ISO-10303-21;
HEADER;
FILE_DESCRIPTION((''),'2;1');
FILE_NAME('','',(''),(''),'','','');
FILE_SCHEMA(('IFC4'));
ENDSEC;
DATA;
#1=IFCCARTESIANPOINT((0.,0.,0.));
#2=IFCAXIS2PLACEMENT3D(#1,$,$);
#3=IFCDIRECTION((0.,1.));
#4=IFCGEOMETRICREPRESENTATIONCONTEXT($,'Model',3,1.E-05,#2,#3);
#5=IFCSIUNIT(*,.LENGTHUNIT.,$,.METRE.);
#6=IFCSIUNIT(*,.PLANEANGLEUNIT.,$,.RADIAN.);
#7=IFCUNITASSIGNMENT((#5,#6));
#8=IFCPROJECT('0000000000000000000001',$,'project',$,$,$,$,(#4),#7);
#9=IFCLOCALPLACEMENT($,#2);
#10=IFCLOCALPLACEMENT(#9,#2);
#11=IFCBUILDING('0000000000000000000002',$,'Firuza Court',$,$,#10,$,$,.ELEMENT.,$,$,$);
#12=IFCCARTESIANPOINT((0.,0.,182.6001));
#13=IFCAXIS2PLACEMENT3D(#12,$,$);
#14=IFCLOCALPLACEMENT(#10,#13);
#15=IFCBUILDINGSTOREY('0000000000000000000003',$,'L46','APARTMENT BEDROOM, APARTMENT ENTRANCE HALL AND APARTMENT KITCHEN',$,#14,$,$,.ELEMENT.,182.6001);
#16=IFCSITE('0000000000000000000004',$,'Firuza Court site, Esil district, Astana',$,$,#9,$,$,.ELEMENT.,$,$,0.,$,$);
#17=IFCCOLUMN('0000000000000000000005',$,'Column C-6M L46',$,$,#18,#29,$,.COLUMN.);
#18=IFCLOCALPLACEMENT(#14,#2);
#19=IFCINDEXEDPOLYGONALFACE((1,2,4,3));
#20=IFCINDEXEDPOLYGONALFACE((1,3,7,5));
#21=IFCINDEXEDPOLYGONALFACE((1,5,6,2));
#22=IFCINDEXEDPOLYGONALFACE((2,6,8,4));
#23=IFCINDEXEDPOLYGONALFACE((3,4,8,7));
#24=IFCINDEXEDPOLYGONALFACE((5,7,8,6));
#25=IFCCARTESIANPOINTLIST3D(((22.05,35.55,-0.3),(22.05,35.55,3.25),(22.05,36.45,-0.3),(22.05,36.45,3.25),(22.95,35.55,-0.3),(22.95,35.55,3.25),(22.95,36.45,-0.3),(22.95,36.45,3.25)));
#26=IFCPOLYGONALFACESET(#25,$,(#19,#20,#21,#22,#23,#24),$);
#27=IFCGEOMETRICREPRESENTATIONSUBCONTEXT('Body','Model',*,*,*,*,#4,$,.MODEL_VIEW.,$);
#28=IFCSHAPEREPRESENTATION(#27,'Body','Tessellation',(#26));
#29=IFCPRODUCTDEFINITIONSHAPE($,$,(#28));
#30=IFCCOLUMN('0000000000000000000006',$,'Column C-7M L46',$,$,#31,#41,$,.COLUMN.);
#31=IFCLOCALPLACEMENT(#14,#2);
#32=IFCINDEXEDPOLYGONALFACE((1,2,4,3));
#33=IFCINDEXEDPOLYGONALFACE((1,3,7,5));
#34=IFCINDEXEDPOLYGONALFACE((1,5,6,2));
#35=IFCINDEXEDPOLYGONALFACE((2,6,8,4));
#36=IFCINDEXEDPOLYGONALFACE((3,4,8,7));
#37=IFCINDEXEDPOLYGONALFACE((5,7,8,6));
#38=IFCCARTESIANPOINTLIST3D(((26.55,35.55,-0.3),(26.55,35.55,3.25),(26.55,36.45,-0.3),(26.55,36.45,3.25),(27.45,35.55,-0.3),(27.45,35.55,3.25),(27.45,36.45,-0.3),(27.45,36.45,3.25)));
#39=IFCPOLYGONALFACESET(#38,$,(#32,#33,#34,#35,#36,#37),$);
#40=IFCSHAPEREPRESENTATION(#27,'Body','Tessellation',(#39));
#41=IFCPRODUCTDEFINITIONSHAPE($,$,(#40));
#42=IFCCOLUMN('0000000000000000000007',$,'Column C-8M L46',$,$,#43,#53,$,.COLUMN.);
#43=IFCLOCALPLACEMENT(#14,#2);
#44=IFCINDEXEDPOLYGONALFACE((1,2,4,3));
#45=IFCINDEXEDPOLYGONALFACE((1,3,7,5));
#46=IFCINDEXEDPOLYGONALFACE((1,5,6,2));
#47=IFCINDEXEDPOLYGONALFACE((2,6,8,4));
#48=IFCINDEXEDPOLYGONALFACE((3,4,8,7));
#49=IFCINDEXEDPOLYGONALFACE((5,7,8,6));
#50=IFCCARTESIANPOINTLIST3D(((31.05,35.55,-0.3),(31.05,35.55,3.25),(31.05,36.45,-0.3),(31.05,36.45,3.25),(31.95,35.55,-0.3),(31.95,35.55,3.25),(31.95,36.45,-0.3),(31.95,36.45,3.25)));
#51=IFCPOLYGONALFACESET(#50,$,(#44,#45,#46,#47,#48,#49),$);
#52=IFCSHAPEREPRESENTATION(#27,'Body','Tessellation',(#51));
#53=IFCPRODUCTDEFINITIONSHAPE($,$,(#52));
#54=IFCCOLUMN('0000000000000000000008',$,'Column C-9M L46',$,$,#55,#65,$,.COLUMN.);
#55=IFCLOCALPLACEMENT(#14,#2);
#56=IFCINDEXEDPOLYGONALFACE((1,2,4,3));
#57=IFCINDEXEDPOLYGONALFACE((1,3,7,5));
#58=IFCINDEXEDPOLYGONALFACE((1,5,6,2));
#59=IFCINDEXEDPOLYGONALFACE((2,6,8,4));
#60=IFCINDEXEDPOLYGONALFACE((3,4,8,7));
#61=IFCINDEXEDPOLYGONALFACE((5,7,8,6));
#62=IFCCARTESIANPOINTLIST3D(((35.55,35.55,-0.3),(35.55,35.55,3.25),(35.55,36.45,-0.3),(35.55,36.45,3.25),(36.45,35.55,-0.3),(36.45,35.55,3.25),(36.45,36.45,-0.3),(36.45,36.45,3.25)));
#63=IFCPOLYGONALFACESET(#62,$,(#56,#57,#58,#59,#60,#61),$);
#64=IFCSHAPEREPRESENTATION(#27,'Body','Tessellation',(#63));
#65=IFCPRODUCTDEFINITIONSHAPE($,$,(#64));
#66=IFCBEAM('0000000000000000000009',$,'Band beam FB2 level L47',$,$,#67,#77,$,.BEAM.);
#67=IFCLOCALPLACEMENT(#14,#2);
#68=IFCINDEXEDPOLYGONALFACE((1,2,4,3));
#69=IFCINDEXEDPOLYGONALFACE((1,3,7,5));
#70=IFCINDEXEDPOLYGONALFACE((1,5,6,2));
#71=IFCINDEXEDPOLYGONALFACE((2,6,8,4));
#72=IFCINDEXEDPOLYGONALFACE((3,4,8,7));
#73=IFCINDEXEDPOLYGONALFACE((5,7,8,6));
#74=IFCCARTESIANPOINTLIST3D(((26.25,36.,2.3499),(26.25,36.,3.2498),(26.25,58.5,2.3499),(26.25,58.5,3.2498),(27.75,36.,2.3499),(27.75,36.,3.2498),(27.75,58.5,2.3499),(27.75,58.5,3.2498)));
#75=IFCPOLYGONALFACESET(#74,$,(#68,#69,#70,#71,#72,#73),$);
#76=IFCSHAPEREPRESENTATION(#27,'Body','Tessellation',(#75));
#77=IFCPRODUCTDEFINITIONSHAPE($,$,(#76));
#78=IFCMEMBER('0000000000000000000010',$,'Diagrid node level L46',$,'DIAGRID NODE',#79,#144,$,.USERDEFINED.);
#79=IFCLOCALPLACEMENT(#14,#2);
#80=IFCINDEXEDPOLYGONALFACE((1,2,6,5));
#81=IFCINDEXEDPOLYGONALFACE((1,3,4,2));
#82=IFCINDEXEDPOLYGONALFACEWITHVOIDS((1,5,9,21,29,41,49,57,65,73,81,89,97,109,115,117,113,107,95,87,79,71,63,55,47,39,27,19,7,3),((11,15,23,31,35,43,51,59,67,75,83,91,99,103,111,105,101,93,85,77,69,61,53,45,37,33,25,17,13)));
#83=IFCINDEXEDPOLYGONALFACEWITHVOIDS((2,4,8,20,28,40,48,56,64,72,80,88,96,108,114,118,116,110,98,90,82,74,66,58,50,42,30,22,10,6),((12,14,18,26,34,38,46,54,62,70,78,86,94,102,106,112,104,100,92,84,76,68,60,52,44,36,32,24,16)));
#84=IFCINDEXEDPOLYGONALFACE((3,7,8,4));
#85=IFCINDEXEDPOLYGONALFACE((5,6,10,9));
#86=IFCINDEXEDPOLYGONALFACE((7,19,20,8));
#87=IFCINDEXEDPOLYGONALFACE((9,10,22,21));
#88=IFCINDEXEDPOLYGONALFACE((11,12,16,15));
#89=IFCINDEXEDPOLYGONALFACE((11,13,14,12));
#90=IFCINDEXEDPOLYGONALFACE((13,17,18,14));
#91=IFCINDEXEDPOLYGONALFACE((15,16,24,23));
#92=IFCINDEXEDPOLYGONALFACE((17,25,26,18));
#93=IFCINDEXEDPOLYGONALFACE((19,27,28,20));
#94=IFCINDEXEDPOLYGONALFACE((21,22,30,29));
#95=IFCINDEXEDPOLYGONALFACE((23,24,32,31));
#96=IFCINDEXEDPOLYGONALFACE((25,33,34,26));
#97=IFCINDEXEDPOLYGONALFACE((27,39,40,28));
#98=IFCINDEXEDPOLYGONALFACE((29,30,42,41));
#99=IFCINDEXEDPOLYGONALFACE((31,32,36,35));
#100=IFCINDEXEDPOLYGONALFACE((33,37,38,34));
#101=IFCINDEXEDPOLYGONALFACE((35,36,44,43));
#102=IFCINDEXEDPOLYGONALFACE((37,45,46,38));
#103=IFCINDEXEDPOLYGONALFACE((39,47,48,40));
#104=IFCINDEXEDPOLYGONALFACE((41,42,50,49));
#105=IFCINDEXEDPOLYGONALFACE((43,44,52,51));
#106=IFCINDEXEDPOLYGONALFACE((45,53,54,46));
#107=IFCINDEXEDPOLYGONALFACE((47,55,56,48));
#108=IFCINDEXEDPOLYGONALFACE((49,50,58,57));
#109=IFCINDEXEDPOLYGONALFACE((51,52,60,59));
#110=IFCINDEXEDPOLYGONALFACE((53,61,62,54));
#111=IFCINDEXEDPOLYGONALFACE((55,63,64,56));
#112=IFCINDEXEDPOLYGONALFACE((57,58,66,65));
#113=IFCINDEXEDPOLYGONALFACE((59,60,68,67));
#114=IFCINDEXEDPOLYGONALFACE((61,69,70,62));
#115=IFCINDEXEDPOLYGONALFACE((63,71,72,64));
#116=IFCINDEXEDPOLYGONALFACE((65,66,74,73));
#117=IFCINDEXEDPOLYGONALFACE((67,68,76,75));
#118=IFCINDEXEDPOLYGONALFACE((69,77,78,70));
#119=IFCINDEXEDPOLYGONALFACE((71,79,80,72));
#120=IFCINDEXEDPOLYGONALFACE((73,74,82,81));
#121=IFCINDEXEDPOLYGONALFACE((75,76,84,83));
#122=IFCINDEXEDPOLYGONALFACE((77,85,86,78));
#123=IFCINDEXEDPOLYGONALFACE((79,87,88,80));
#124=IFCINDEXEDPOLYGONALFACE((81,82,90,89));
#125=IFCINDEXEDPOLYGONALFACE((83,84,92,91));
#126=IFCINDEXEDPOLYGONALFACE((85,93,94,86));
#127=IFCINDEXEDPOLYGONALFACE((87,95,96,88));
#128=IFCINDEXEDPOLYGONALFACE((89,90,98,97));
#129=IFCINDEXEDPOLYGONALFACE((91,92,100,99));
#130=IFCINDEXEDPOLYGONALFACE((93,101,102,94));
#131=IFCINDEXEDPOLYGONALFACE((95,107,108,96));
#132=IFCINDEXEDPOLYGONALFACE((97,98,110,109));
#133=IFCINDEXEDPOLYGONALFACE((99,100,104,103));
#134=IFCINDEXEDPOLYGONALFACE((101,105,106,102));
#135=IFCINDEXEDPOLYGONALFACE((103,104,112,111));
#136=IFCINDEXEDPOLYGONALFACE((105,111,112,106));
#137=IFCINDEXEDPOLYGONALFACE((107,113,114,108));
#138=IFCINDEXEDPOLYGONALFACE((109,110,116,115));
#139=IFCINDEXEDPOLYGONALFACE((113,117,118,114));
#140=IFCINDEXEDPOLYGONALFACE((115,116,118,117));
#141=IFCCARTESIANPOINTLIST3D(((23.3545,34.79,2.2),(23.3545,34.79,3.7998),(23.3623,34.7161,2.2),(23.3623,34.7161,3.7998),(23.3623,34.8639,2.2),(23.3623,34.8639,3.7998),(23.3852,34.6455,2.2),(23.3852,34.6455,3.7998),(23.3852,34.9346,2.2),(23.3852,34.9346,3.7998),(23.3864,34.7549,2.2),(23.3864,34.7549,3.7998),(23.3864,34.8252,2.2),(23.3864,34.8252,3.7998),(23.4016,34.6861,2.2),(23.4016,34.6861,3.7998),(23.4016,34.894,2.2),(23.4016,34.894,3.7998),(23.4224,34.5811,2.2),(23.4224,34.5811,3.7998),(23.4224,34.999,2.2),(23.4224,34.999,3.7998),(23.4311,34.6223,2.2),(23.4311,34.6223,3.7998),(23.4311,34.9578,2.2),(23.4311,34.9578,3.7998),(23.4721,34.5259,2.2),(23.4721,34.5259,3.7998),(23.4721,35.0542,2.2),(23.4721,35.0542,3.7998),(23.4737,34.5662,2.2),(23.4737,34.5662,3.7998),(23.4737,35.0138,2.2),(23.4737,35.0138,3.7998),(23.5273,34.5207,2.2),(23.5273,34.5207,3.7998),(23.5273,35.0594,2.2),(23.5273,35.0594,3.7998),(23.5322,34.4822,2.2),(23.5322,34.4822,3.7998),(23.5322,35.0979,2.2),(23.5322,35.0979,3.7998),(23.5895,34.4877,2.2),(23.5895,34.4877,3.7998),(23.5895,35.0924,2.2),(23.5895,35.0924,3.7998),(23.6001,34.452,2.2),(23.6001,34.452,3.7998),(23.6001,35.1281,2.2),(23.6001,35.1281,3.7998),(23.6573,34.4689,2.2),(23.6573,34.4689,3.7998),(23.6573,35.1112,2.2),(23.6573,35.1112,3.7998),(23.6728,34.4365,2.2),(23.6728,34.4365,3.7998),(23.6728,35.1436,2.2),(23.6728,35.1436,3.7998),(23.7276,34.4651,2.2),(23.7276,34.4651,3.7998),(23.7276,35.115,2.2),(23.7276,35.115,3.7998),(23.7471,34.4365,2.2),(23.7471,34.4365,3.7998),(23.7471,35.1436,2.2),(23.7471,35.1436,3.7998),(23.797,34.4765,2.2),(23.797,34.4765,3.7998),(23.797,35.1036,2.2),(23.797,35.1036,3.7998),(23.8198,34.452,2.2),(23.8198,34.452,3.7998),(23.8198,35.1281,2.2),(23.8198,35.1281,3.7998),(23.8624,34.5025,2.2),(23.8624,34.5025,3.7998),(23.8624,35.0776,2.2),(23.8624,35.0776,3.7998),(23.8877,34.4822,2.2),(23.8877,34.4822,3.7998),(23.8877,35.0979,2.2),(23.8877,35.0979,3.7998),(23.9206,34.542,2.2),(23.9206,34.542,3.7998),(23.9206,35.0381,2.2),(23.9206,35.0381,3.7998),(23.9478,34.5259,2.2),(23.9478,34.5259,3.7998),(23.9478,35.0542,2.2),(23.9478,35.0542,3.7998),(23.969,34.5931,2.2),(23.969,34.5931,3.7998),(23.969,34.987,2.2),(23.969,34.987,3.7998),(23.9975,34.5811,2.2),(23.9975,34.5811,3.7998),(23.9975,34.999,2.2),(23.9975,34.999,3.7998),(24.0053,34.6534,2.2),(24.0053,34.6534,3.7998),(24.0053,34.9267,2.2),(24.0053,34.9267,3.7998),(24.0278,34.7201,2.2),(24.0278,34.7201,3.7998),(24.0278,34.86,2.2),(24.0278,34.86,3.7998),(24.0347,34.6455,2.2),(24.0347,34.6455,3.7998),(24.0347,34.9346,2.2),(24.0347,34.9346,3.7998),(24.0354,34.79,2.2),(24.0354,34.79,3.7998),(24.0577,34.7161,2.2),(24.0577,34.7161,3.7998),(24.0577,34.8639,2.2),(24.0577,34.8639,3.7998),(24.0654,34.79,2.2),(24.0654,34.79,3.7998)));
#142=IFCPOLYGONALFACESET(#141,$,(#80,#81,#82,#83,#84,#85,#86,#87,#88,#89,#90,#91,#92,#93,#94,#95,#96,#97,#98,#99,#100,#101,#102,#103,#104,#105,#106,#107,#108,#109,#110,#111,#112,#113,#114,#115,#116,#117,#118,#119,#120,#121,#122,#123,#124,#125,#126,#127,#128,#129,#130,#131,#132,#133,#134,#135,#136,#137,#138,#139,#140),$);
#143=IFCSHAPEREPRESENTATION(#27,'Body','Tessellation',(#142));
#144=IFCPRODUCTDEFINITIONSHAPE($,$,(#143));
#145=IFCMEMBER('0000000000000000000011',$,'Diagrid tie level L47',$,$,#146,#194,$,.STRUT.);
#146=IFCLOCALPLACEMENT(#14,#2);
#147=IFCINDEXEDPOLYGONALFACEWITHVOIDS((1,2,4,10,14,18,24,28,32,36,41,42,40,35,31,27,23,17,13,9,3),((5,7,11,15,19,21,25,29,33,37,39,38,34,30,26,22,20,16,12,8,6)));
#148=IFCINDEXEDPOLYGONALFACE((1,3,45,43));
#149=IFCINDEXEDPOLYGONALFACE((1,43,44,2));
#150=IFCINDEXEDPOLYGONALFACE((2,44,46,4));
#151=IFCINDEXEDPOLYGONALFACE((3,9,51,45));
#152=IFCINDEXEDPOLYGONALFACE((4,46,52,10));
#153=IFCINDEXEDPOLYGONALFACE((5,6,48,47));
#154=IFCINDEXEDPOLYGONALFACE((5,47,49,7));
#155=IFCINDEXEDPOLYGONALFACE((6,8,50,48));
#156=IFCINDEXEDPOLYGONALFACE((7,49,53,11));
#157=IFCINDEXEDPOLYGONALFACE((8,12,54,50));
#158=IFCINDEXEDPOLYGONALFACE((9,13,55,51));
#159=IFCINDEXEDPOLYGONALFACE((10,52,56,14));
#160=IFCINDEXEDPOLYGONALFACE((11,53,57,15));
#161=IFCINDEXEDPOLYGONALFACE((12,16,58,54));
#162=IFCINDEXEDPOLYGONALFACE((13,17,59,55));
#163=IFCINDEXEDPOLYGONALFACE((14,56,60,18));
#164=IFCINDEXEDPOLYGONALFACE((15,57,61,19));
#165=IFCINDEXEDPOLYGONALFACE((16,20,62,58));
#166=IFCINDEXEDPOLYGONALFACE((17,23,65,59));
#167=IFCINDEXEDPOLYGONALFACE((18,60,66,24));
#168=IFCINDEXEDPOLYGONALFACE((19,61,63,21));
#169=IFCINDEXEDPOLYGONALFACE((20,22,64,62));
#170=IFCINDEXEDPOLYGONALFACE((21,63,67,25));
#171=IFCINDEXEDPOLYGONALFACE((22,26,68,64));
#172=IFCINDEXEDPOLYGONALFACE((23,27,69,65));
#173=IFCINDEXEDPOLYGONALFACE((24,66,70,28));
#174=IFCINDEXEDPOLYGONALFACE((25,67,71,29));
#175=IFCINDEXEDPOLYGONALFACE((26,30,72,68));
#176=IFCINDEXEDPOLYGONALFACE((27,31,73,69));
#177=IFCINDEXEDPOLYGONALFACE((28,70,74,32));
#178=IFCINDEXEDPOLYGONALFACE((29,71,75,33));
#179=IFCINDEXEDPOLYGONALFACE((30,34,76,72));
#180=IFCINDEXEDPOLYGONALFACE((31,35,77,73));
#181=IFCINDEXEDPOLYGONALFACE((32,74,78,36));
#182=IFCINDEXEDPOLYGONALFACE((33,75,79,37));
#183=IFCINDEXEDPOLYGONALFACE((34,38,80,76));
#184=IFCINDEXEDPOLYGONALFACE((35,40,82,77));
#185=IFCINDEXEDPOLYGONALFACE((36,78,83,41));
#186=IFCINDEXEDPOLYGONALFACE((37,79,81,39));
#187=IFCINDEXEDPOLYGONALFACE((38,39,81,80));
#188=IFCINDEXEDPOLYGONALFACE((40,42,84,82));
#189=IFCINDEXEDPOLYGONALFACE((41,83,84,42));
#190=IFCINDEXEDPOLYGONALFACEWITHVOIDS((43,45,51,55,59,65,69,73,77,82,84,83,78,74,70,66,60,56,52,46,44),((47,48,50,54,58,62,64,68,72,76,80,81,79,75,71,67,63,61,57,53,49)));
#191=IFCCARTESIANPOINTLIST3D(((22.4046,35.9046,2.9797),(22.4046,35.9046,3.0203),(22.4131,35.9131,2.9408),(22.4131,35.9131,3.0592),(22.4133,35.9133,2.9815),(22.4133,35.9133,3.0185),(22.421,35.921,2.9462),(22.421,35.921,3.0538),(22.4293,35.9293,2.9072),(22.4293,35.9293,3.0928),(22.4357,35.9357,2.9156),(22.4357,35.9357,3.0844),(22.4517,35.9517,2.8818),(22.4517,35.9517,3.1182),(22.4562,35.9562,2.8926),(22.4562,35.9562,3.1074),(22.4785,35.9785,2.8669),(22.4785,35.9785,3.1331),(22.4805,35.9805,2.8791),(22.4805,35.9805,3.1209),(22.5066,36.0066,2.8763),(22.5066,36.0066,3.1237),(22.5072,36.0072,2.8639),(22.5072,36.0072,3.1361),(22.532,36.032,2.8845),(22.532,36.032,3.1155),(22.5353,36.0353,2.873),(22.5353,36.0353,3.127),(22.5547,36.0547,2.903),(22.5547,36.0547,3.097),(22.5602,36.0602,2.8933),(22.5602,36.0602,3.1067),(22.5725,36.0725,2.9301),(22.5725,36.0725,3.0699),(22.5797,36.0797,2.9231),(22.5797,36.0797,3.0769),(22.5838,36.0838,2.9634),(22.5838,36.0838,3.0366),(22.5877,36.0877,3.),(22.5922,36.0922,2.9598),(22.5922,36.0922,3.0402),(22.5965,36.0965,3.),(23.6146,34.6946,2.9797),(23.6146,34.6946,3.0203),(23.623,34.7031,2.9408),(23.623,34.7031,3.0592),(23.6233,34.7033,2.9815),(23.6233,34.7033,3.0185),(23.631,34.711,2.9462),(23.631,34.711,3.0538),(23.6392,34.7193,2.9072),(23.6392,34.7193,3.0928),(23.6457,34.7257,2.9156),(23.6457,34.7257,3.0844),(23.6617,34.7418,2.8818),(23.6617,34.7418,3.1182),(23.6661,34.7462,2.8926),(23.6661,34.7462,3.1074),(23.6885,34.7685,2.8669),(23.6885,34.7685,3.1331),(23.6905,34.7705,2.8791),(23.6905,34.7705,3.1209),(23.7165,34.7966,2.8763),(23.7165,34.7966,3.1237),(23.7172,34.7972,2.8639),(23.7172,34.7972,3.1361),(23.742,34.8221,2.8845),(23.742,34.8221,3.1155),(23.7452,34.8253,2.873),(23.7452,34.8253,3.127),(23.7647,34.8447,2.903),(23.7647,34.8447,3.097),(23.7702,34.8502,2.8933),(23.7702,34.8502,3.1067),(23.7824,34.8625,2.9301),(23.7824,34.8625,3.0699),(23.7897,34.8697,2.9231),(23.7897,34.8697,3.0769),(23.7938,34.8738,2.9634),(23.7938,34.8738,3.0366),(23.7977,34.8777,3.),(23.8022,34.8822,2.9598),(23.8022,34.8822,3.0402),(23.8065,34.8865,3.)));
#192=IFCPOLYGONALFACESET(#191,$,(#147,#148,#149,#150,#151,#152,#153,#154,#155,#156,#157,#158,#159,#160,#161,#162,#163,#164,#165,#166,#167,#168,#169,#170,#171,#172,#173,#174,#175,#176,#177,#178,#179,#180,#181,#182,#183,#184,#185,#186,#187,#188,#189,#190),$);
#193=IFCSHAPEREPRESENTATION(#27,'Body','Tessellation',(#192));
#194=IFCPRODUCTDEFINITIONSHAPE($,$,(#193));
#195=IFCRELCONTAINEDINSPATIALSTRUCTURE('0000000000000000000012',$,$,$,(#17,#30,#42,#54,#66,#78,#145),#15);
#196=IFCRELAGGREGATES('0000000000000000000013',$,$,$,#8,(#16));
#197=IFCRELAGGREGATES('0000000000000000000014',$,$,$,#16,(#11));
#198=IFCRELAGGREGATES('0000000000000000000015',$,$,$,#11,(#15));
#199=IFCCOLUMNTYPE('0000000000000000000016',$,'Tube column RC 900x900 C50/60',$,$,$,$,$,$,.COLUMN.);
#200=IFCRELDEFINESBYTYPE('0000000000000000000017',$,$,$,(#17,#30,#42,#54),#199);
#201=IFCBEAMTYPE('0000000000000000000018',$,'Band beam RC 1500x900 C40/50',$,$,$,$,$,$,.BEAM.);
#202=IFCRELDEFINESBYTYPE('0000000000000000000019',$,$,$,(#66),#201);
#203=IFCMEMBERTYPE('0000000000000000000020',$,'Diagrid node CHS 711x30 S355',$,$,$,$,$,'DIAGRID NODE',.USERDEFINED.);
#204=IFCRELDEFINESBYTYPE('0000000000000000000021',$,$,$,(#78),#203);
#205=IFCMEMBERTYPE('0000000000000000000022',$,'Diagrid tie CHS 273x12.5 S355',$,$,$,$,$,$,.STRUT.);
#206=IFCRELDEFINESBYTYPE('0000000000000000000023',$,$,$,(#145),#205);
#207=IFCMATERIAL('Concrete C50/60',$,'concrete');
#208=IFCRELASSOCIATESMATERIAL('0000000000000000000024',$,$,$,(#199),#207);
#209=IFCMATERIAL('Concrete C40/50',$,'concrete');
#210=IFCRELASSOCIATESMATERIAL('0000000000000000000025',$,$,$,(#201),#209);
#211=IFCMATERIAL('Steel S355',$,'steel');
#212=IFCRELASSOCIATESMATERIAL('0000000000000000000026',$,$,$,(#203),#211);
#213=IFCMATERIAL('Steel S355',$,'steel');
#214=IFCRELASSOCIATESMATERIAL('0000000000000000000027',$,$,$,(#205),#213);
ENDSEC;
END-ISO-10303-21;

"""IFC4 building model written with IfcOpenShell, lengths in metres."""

from ifc_helpers import new_model, si_unit, direction, frame, origin, origin_2d, place, context, subcontext, project, spatial, rectangle, hollow_circle, extrude, material, material_profile, profile_set, type_object, element, save


model = new_model("IFC4")

# Units and contexts
model_context = context("Model", 3, precision=1e-05, world=origin(), true_north=direction((0.0, 1.0)))
body_context = subcontext(model_context, "Body", "Model", "MODEL_VIEW")
ifc_project = project(units=[si_unit("LENGTHUNIT", "METRE"), si_unit("PLANEANGLEUNIT", "RADIAN")], contexts=[model_context])

# Site, building, storey
site_placement = place(None, origin())
site = spatial("IfcSite", under=ifc_project, at=site_placement, Name="Firuza Court site, Esil district, Astana", CompositionType="ELEMENT", RefElevation=0.0)
building_placement = place(site_placement, origin())
building = spatial("IfcBuilding", under=site, at=building_placement, Name="Firuza Court", CompositionType="ELEMENT")
storey_placement = place(building_placement, frame((0.0, 0.0, 182.6001)))
storey = spatial("IfcBuildingStorey", under=building, at=storey_placement, Name="L46", Description="APARTMENT BEDROOM, APARTMENT ENTRANCE HALL AND APARTMENT KITCHEN", CompositionType="ELEMENT", Elevation=182.6001)

# Columns
ifc_material_1 = material(Name="Concrete C50/60", Category="concrete")
ifc_material_profile_1 = material_profile(ifc_material_1, rectangle(XDim=0.8999, YDim=0.8999, at=origin_2d()), Name="RC 900x900")
ifc_profile_set_1 = profile_set([ifc_material_profile_1], Name="Concrete C50/60")
column_type = type_object("IfcColumnType", Name="Tube column RC 900x900 C50/60", PredefinedType="COLUMN", material=ifc_profile_set_1)
for number, where, z_axis, x_axis, name in (
    (1, (22.5, 36.0, -0.3), (0.0, 0.0, 1.0), (1.0, 0.0, 0.0), "Column C-6M L46"),
    (2, (27.0, 36.0, -0.3), (0.0, 0.0, 1.0), (1.0, 0.0, 0.0), "Column C-7M L46"),
    (3, (31.5, 36.0, -0.3), (0.0, 0.0, 1.0), (1.0, 0.0, 0.0), "Column C-8M L46"),
    (4, (36.0, 36.0, -0.3), (0.0, 0.0, 1.0), (1.0, 0.0, 0.0), "Column C-9M L46"),
):
    element("IfcColumn", number, at=place(storey_placement, frame(where, z_axis=z_axis, x_axis=x_axis)), inside=storey, type_object=column_type, Name=name, PredefinedType="COLUMN", context=body_context, shape_type="SweptSolid", body=[
        extrude(rectangle(XDim=0.8999, YDim=0.8999, at=origin_2d()), origin(), (0.0, 0.0, 1.0), 3.55),
    ])

# Beam
ifc_material_2 = material(Name="Concrete C40/50", Category="concrete")
ifc_material_profile_2 = material_profile(ifc_material_2, rectangle(XDim=1.5, YDim=0.8999, at=origin_2d()), Name="RC 1500x900")
ifc_profile_set_2 = profile_set([ifc_material_profile_2], Name="Concrete C40/50")
beam_type_1 = type_object("IfcBeamType", Name="Band beam RC 1500x900 C40/50", PredefinedType="BEAM", material=ifc_profile_set_2)
beam_placement = place(storey_placement, frame((27.0, 36.0, 2.7998), z_axis=(0.0, 1.0, 0.0), x_axis=(-1.0, 0.0, 0.0)))
element("IfcBeam", 5, at=beam_placement, inside=storey, type_object=beam_type_1, Name="Band beam FB2 level L47", PredefinedType="BEAM", context=body_context, shape_type="SweptSolid", body=[
    extrude(rectangle(XDim=1.5, YDim=0.8999, at=origin_2d()), origin(), (0.0, 0.0, 1.0), 22.5),
])

# Members
ifc_material_3 = material(Name="Steel S355", Category="steel")
ifc_material_profile_3 = material_profile(ifc_material_3, hollow_circle(Radius=0.3555, WallThickness=0.03, at=origin_2d()), Name="CHS 711x30")
ifc_profile_set_3 = profile_set([ifc_material_profile_3], Name="Steel S355")
member_type_1 = type_object("IfcMemberType", Name="Diagrid node CHS 711x30 S355", ElementType="DIAGRID NODE", PredefinedType="USERDEFINED", material=ifc_profile_set_3)
member_1_placement = place(storey_placement, frame((23.71, 34.79, 2.2), z_axis=(0.0, 0.0, 1.0), x_axis=(1.0, 0.0, 0.0)))
element("IfcMember", 6, at=member_1_placement, inside=storey, type_object=member_type_1, Name="Diagrid node level L46", ObjectType="DIAGRID NODE", PredefinedType="USERDEFINED", context=body_context, shape_type="SweptSolid", body=[
    extrude(hollow_circle(Radius=0.3555, WallThickness=0.03, at=origin_2d()), origin(), (0.0, 0.0, 1.0), 1.5999),
])
ifc_material_4 = material(Name="Steel S355", Category="steel")
ifc_material_profile_4 = material_profile(ifc_material_4, hollow_circle(Radius=0.1365, WallThickness=0.0125, at=origin_2d()), Name="CHS 273x12.5")
ifc_profile_set_4 = profile_set([ifc_material_profile_4], Name="Steel S355")
member_type_2 = type_object("IfcMemberType", Name="Diagrid tie CHS 273x12.5 S355", PredefinedType="STRUT", material=ifc_profile_set_4)
member_2_placement = place(storey_placement, frame((22.5, 36.0, 3.0), z_axis=(0.707107, -0.707107, 0.0), x_axis=(0.707107, 0.707107, 0.0)))
element("IfcMember", 7, at=member_2_placement, inside=storey, type_object=member_type_2, Name="Diagrid tie level L47", PredefinedType="STRUT", context=body_context, shape_type="SweptSolid", body=[
    extrude(hollow_circle(Radius=0.1365, WallThickness=0.0125, at=origin_2d()), origin(), (0.0, 0.0, 1.0), 1.7112),
])

save(model, "model.ifc")
